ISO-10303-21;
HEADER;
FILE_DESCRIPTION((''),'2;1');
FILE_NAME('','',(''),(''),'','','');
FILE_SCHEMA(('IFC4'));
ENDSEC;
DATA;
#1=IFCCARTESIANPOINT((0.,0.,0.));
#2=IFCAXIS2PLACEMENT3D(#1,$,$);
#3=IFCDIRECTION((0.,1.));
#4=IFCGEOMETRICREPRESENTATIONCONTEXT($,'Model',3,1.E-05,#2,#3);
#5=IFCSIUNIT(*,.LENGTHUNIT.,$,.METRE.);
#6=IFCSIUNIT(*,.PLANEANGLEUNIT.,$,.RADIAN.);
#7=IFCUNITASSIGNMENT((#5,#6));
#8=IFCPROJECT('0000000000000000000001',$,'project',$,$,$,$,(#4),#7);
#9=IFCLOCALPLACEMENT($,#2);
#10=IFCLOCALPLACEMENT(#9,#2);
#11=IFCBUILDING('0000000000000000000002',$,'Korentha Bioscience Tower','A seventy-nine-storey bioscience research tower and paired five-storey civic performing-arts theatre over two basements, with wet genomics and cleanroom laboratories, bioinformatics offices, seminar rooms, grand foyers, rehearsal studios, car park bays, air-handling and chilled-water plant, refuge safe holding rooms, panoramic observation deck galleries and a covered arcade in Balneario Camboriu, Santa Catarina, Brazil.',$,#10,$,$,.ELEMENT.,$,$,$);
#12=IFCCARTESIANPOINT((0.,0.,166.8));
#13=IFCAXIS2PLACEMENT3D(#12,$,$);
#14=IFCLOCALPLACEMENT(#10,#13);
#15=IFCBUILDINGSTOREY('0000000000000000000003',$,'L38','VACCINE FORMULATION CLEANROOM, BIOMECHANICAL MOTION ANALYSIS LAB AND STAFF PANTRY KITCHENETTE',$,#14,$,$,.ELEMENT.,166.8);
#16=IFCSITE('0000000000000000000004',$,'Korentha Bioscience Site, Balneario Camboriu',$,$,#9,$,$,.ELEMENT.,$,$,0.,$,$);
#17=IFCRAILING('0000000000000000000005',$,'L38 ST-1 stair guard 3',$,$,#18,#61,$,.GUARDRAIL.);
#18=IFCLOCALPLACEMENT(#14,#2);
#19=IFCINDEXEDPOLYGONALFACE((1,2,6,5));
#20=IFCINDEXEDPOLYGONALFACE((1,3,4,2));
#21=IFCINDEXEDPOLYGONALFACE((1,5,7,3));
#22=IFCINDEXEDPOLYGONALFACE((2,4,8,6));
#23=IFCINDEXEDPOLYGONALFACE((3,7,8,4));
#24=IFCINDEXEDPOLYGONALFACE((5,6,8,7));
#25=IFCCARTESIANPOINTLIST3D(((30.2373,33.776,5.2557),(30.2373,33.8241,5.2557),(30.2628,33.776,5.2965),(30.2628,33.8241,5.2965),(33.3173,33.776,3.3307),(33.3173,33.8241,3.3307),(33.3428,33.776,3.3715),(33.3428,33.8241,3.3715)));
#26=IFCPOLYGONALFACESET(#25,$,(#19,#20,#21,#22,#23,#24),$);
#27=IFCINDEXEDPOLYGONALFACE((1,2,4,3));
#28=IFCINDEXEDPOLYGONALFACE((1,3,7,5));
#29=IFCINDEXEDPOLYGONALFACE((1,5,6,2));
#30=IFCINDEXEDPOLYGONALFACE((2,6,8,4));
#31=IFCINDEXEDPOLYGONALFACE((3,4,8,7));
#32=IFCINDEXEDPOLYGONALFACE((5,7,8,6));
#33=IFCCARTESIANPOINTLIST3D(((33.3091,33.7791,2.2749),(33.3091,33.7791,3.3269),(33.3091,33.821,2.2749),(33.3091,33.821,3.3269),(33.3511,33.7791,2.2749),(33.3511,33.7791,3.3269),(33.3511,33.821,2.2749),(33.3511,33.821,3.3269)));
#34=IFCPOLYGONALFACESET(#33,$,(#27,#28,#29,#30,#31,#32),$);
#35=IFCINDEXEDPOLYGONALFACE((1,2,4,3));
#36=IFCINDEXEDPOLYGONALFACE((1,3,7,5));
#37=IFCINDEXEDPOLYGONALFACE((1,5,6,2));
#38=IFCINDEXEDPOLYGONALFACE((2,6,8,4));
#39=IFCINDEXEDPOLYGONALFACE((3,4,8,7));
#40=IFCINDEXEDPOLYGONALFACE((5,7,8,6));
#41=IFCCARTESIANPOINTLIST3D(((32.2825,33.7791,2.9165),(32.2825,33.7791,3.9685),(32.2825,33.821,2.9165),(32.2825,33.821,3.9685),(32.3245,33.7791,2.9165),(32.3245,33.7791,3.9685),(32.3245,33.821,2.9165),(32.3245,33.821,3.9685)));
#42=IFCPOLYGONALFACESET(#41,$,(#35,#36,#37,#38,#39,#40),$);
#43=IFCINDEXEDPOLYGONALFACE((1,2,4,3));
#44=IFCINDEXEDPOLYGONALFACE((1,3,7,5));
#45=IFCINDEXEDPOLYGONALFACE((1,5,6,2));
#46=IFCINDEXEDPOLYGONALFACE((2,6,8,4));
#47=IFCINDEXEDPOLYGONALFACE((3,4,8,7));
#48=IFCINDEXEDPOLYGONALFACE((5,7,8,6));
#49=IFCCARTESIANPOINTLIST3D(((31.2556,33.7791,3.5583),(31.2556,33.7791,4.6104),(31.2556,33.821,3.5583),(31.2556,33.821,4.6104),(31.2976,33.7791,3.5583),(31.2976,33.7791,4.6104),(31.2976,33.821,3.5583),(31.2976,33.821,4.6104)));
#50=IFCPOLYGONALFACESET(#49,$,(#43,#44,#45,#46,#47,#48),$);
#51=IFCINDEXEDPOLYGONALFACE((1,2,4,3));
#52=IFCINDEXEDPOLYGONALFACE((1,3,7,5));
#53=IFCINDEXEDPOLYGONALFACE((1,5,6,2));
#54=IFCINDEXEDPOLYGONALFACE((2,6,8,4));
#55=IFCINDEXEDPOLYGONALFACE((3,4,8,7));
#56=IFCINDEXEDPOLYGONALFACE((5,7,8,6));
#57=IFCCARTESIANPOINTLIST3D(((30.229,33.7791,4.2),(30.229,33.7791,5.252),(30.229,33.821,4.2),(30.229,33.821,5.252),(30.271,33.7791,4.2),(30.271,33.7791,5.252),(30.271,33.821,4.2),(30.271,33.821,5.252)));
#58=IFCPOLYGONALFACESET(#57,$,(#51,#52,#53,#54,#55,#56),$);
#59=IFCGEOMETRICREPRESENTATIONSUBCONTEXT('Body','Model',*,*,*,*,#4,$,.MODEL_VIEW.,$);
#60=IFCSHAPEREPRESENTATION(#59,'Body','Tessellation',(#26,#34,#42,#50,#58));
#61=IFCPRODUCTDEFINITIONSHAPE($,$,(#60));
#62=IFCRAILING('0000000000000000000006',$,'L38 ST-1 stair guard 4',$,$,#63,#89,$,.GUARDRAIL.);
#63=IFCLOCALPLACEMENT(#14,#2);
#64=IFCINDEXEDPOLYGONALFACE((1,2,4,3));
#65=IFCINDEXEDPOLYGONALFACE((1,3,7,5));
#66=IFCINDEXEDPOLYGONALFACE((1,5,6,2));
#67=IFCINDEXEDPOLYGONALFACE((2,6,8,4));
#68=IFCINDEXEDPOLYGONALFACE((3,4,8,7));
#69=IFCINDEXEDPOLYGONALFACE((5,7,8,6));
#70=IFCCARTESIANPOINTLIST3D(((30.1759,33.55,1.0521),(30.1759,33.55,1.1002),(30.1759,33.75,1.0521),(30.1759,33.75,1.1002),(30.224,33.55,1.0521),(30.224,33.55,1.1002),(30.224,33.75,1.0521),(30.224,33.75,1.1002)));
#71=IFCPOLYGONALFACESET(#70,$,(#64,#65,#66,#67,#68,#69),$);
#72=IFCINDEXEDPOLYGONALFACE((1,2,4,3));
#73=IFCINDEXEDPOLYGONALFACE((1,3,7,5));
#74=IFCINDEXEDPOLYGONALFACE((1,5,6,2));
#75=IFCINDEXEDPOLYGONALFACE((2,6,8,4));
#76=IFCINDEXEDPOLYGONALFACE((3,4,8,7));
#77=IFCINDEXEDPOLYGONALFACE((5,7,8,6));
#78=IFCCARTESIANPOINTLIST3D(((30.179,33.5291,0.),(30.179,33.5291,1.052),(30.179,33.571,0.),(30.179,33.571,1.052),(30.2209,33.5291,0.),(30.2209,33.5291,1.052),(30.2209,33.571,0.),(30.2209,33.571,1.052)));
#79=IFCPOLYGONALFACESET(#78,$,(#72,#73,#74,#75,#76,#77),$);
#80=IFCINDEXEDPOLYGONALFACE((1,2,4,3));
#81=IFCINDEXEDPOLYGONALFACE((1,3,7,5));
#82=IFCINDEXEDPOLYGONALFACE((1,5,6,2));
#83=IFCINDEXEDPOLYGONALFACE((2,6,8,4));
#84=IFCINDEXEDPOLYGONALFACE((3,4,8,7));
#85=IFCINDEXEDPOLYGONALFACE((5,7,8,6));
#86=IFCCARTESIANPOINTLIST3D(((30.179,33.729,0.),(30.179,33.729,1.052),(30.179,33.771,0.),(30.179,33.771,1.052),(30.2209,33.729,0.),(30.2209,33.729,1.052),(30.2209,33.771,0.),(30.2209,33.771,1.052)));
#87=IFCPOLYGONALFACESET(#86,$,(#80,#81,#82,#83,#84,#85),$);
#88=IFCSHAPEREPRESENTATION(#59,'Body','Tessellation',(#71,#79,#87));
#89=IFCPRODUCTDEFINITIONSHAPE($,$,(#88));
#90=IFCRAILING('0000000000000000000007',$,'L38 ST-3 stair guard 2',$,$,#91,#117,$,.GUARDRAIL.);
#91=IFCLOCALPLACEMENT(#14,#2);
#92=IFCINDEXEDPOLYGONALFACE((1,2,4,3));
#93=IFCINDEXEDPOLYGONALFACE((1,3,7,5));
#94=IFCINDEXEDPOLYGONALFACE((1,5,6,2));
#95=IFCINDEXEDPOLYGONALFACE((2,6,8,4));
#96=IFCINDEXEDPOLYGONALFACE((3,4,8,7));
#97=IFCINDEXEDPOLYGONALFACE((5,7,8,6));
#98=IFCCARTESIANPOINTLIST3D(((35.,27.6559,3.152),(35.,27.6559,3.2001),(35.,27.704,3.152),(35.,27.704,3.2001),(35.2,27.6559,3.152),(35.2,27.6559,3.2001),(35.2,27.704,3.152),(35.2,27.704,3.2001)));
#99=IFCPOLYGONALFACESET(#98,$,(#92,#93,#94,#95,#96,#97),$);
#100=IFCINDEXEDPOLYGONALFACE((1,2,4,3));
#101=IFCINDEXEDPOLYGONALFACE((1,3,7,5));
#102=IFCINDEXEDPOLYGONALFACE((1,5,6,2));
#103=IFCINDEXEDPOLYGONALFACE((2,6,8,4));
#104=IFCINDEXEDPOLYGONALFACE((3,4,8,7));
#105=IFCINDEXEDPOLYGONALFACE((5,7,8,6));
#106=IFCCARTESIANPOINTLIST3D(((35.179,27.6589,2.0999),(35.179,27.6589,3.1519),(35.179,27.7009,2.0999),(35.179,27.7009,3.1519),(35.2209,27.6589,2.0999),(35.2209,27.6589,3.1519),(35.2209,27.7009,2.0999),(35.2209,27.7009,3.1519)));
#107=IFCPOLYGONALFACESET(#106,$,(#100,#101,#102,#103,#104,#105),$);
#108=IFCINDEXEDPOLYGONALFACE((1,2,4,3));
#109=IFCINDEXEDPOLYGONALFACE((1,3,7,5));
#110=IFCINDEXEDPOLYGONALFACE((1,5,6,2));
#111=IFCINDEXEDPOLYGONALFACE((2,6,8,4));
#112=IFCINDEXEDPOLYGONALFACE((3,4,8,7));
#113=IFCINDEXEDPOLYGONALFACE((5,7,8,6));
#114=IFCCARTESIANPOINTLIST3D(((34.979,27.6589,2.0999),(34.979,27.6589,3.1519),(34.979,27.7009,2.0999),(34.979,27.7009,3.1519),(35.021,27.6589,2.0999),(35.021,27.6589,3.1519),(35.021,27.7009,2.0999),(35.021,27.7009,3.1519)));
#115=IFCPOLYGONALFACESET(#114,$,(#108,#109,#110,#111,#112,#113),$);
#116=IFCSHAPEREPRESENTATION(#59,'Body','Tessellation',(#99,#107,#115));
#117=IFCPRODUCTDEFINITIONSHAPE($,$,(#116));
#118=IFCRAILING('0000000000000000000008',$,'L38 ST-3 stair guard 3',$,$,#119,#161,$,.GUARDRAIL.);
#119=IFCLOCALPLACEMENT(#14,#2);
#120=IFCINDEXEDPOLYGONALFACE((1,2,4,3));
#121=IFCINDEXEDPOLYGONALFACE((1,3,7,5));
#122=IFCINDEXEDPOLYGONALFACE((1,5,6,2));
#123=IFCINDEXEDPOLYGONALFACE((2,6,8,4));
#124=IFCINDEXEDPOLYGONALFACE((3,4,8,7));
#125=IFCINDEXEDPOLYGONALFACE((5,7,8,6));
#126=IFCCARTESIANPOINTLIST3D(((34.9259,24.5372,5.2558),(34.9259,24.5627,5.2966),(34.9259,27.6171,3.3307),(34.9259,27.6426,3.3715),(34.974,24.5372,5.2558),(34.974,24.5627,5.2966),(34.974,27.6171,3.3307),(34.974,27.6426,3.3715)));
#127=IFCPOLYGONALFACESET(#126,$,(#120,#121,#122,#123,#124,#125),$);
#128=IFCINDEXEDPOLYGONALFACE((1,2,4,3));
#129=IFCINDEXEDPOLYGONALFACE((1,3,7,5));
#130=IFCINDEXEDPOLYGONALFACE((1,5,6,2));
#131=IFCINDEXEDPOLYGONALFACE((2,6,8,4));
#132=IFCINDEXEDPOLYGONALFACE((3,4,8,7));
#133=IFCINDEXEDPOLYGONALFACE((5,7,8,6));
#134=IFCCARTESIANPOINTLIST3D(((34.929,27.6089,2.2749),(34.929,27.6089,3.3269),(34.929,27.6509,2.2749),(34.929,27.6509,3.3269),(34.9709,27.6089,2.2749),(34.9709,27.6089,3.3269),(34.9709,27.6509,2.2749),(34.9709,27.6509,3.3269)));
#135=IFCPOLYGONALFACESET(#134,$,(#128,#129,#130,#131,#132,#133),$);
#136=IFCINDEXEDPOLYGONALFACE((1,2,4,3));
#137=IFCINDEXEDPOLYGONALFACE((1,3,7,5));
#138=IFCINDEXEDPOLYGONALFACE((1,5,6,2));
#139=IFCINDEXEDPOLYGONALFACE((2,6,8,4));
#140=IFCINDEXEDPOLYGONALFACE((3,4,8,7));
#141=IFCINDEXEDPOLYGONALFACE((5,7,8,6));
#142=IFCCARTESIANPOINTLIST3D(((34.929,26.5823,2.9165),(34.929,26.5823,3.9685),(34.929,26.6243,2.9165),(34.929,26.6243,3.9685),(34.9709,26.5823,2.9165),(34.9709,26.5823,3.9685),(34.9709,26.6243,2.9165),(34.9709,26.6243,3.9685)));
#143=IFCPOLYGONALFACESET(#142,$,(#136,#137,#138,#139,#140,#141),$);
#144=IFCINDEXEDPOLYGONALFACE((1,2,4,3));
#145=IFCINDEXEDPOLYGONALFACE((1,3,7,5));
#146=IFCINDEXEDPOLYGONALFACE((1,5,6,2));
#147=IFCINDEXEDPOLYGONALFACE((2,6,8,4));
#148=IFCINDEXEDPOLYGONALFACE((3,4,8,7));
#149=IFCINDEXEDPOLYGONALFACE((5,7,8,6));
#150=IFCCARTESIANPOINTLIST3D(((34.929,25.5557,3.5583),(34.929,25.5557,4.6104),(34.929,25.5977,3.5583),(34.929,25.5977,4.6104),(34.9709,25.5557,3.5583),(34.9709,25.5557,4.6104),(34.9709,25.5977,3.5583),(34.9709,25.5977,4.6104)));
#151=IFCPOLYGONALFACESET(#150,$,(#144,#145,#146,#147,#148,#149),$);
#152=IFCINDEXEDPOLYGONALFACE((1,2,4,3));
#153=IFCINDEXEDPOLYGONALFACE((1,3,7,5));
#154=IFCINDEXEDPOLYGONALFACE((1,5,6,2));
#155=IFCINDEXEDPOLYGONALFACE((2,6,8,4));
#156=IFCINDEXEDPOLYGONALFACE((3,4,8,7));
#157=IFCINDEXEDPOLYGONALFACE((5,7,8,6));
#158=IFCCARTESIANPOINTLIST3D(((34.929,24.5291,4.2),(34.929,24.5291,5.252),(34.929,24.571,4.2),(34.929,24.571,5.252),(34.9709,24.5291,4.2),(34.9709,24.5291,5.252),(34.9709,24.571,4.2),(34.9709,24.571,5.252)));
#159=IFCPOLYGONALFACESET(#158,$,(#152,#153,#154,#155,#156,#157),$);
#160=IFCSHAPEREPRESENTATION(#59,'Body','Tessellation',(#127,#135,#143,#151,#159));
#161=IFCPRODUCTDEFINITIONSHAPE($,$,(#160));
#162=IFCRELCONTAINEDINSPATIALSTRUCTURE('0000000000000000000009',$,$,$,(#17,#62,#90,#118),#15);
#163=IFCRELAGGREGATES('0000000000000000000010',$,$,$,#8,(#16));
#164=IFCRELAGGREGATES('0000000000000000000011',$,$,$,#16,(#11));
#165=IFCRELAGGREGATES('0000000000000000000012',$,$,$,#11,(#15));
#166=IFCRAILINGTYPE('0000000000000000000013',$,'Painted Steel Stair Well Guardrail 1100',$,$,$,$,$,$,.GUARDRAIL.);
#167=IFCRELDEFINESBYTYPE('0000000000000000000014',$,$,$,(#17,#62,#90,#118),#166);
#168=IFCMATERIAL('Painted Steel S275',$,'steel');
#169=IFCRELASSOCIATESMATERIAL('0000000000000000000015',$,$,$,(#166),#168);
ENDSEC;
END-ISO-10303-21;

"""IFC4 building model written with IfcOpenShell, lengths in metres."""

from ifc_helpers import new_model, si_unit, direction, frame, origin, origin_2d, place, context, subcontext, project, spatial, rectangle, extrude, material, type_object, element, save


model = new_model("IFC4")

# Units and contexts
model_context = context("Model", 3, precision=1e-05, world=origin(), true_north=direction((0.0, 1.0)))
body_context = subcontext(model_context, "Body", "Model", "MODEL_VIEW")
ifc_project = project(units=[si_unit("LENGTHUNIT", "METRE"), si_unit("PLANEANGLEUNIT", "RADIAN")], contexts=[model_context])

# Site, building, storey
site_placement = place(None, origin())
site = spatial("IfcSite", under=ifc_project, at=site_placement, Name="Korentha Bioscience Site, Balneario Camboriu", CompositionType="ELEMENT", RefElevation=0.0)
building_placement = place(site_placement, origin())
building = spatial("IfcBuilding", under=site, at=building_placement, Name="Korentha Bioscience Tower", Description="A seventy-nine-storey bioscience research tower and paired five-storey civic performing-arts theatre over two basements, with wet genomics and cleanroom laboratories, bioinformatics offices, seminar rooms, grand foyers, rehearsal studios, car park bays, air-handling and chilled-water plant, refuge safe holding rooms, panoramic observation deck galleries and a covered arcade in Balneario Camboriu, Santa Catarina, Brazil.", CompositionType="ELEMENT")
storey_placement = place(building_placement, frame((0.0, 0.0, 166.8)))
storey = spatial("IfcBuildingStorey", under=building, at=storey_placement, Name="L38", Description="VACCINE FORMULATION CLEANROOM, BIOMECHANICAL MOTION ANALYSIS LAB AND STAFF PANTRY KITCHENETTE", CompositionType="ELEMENT", Elevation=166.8)

# Railings
ifc_material_1 = material(Name="Painted Steel S275", Category="steel")
railing_type_1 = type_object("IfcRailingType", Name="Painted Steel Stair Well Guardrail 1100", PredefinedType="GUARDRAIL", material=ifc_material_1)
railing_1_placement = place(storey_placement, frame((33.3301, 33.8, 2.2749)))
element("IfcRailing", 1, at=railing_1_placement, inside=storey, type_object=railing_type_1, Name="L38 ST-1 stair guard 3", PredefinedType="GUARDRAIL", context=body_context, shape_type="SweptSolid", body=[
    extrude(rectangle(XDim=0.0481, YDim=0.0481, at=origin_2d()), frame((0.0, 0.0, 1.0762), z_axis=(-0.847998, 0.0, 0.529999), x_axis=(0.0, -1.0, 0.0)), (0.0, 0.0, 1.0), 3.6321),
    extrude(rectangle(XDim=0.042, YDim=0.042, at=origin_2d()), origin(), (0.0, 0.0, 1.0), 1.052),
    extrude(rectangle(XDim=0.042, YDim=0.042, at=origin_2d()), frame((-1.0266, 0.0, 0.6416)), (0.0, 0.0, 1.0), 1.052),
    extrude(rectangle(XDim=0.042, YDim=0.042, at=origin_2d()), frame((-2.0535, 0.0, 1.2834)), (0.0, 0.0, 1.0), 1.052),
    extrude(rectangle(XDim=0.042, YDim=0.042, at=origin_2d()), frame((-3.0801, 0.0, 1.925)), (0.0, 0.0, 1.0), 1.052),
])
railing_2_placement = place(storey_placement, frame((30.2, 33.55, 0.0)))
element("IfcRailing", 2, at=railing_2_placement, inside=storey, type_object=railing_type_1, Name="L38 ST-1 stair guard 4", PredefinedType="GUARDRAIL", context=body_context, shape_type="SweptSolid", body=[
    extrude(rectangle(XDim=0.0481, YDim=0.0481, at=origin_2d()), frame((0.0, 0.0, 1.0762), z_axis=(0.0, 1.0, 0.0), x_axis=(-1.0, 0.0, 0.0)), (0.0, 0.0, 1.0), 0.2),
    extrude(rectangle(XDim=0.042, YDim=0.042, at=origin_2d()), origin(), (0.0, 0.0, 1.0), 1.052),
    extrude(rectangle(XDim=0.042, YDim=0.042, at=origin_2d()), frame((0.0, 0.2, 0.0)), (0.0, 0.0, 1.0), 1.052),
])
railing_3_placement = place(storey_placement, frame((35.2, 27.6799, 2.0999)))
element("IfcRailing", 3, at=railing_3_placement, inside=storey, type_object=railing_type_1, Name="L38 ST-3 stair guard 2", PredefinedType="GUARDRAIL", context=body_context, shape_type="SweptSolid", body=[
    extrude(rectangle(XDim=0.0481, YDim=0.0481, at=origin_2d()), frame((0.0, 0.0, 1.0762), z_axis=(-1.0, 0.0, 0.0), x_axis=(0.0, -1.0, 0.0)), (0.0, 0.0, 1.0), 0.2),
    extrude(rectangle(XDim=0.042, YDim=0.042, at=origin_2d()), origin(), (0.0, 0.0, 1.0), 1.052),
    extrude(rectangle(XDim=0.042, YDim=0.042, at=origin_2d()), frame((-0.2, 0.0, 0.0)), (0.0, 0.0, 1.0), 1.052),
])
railing_4_placement = place(storey_placement, frame((34.95, 27.6299, 2.2749)))
element("IfcRailing", 4, at=railing_4_placement, inside=storey, type_object=railing_type_1, Name="L38 ST-3 stair guard 3", PredefinedType="GUARDRAIL", context=body_context, shape_type="SweptSolid", body=[
    extrude(rectangle(XDim=0.0481, YDim=0.0481, at=origin_2d()), frame((0.0, 0.0, 1.0762), z_axis=(0.0, -0.847979, 0.530029), x_axis=(1.0, 0.0, 0.0)), (0.0, 0.0, 1.0), 3.6321),
    extrude(rectangle(XDim=0.042, YDim=0.042, at=origin_2d()), origin(), (0.0, 0.0, 1.0), 1.052),
    extrude(rectangle(XDim=0.042, YDim=0.042, at=origin_2d()), frame((0.0, -1.0266, 0.6416)), (0.0, 0.0, 1.0), 1.052),
    extrude(rectangle(XDim=0.042, YDim=0.042, at=origin_2d()), frame((0.0, -2.0532, 1.2834)), (0.0, 0.0, 1.0), 1.052),
    extrude(rectangle(XDim=0.042, YDim=0.042, at=origin_2d()), frame((0.0, -3.0798, 1.925)), (0.0, 0.0, 1.0), 1.052),
])

save(model, "model.ifc")
